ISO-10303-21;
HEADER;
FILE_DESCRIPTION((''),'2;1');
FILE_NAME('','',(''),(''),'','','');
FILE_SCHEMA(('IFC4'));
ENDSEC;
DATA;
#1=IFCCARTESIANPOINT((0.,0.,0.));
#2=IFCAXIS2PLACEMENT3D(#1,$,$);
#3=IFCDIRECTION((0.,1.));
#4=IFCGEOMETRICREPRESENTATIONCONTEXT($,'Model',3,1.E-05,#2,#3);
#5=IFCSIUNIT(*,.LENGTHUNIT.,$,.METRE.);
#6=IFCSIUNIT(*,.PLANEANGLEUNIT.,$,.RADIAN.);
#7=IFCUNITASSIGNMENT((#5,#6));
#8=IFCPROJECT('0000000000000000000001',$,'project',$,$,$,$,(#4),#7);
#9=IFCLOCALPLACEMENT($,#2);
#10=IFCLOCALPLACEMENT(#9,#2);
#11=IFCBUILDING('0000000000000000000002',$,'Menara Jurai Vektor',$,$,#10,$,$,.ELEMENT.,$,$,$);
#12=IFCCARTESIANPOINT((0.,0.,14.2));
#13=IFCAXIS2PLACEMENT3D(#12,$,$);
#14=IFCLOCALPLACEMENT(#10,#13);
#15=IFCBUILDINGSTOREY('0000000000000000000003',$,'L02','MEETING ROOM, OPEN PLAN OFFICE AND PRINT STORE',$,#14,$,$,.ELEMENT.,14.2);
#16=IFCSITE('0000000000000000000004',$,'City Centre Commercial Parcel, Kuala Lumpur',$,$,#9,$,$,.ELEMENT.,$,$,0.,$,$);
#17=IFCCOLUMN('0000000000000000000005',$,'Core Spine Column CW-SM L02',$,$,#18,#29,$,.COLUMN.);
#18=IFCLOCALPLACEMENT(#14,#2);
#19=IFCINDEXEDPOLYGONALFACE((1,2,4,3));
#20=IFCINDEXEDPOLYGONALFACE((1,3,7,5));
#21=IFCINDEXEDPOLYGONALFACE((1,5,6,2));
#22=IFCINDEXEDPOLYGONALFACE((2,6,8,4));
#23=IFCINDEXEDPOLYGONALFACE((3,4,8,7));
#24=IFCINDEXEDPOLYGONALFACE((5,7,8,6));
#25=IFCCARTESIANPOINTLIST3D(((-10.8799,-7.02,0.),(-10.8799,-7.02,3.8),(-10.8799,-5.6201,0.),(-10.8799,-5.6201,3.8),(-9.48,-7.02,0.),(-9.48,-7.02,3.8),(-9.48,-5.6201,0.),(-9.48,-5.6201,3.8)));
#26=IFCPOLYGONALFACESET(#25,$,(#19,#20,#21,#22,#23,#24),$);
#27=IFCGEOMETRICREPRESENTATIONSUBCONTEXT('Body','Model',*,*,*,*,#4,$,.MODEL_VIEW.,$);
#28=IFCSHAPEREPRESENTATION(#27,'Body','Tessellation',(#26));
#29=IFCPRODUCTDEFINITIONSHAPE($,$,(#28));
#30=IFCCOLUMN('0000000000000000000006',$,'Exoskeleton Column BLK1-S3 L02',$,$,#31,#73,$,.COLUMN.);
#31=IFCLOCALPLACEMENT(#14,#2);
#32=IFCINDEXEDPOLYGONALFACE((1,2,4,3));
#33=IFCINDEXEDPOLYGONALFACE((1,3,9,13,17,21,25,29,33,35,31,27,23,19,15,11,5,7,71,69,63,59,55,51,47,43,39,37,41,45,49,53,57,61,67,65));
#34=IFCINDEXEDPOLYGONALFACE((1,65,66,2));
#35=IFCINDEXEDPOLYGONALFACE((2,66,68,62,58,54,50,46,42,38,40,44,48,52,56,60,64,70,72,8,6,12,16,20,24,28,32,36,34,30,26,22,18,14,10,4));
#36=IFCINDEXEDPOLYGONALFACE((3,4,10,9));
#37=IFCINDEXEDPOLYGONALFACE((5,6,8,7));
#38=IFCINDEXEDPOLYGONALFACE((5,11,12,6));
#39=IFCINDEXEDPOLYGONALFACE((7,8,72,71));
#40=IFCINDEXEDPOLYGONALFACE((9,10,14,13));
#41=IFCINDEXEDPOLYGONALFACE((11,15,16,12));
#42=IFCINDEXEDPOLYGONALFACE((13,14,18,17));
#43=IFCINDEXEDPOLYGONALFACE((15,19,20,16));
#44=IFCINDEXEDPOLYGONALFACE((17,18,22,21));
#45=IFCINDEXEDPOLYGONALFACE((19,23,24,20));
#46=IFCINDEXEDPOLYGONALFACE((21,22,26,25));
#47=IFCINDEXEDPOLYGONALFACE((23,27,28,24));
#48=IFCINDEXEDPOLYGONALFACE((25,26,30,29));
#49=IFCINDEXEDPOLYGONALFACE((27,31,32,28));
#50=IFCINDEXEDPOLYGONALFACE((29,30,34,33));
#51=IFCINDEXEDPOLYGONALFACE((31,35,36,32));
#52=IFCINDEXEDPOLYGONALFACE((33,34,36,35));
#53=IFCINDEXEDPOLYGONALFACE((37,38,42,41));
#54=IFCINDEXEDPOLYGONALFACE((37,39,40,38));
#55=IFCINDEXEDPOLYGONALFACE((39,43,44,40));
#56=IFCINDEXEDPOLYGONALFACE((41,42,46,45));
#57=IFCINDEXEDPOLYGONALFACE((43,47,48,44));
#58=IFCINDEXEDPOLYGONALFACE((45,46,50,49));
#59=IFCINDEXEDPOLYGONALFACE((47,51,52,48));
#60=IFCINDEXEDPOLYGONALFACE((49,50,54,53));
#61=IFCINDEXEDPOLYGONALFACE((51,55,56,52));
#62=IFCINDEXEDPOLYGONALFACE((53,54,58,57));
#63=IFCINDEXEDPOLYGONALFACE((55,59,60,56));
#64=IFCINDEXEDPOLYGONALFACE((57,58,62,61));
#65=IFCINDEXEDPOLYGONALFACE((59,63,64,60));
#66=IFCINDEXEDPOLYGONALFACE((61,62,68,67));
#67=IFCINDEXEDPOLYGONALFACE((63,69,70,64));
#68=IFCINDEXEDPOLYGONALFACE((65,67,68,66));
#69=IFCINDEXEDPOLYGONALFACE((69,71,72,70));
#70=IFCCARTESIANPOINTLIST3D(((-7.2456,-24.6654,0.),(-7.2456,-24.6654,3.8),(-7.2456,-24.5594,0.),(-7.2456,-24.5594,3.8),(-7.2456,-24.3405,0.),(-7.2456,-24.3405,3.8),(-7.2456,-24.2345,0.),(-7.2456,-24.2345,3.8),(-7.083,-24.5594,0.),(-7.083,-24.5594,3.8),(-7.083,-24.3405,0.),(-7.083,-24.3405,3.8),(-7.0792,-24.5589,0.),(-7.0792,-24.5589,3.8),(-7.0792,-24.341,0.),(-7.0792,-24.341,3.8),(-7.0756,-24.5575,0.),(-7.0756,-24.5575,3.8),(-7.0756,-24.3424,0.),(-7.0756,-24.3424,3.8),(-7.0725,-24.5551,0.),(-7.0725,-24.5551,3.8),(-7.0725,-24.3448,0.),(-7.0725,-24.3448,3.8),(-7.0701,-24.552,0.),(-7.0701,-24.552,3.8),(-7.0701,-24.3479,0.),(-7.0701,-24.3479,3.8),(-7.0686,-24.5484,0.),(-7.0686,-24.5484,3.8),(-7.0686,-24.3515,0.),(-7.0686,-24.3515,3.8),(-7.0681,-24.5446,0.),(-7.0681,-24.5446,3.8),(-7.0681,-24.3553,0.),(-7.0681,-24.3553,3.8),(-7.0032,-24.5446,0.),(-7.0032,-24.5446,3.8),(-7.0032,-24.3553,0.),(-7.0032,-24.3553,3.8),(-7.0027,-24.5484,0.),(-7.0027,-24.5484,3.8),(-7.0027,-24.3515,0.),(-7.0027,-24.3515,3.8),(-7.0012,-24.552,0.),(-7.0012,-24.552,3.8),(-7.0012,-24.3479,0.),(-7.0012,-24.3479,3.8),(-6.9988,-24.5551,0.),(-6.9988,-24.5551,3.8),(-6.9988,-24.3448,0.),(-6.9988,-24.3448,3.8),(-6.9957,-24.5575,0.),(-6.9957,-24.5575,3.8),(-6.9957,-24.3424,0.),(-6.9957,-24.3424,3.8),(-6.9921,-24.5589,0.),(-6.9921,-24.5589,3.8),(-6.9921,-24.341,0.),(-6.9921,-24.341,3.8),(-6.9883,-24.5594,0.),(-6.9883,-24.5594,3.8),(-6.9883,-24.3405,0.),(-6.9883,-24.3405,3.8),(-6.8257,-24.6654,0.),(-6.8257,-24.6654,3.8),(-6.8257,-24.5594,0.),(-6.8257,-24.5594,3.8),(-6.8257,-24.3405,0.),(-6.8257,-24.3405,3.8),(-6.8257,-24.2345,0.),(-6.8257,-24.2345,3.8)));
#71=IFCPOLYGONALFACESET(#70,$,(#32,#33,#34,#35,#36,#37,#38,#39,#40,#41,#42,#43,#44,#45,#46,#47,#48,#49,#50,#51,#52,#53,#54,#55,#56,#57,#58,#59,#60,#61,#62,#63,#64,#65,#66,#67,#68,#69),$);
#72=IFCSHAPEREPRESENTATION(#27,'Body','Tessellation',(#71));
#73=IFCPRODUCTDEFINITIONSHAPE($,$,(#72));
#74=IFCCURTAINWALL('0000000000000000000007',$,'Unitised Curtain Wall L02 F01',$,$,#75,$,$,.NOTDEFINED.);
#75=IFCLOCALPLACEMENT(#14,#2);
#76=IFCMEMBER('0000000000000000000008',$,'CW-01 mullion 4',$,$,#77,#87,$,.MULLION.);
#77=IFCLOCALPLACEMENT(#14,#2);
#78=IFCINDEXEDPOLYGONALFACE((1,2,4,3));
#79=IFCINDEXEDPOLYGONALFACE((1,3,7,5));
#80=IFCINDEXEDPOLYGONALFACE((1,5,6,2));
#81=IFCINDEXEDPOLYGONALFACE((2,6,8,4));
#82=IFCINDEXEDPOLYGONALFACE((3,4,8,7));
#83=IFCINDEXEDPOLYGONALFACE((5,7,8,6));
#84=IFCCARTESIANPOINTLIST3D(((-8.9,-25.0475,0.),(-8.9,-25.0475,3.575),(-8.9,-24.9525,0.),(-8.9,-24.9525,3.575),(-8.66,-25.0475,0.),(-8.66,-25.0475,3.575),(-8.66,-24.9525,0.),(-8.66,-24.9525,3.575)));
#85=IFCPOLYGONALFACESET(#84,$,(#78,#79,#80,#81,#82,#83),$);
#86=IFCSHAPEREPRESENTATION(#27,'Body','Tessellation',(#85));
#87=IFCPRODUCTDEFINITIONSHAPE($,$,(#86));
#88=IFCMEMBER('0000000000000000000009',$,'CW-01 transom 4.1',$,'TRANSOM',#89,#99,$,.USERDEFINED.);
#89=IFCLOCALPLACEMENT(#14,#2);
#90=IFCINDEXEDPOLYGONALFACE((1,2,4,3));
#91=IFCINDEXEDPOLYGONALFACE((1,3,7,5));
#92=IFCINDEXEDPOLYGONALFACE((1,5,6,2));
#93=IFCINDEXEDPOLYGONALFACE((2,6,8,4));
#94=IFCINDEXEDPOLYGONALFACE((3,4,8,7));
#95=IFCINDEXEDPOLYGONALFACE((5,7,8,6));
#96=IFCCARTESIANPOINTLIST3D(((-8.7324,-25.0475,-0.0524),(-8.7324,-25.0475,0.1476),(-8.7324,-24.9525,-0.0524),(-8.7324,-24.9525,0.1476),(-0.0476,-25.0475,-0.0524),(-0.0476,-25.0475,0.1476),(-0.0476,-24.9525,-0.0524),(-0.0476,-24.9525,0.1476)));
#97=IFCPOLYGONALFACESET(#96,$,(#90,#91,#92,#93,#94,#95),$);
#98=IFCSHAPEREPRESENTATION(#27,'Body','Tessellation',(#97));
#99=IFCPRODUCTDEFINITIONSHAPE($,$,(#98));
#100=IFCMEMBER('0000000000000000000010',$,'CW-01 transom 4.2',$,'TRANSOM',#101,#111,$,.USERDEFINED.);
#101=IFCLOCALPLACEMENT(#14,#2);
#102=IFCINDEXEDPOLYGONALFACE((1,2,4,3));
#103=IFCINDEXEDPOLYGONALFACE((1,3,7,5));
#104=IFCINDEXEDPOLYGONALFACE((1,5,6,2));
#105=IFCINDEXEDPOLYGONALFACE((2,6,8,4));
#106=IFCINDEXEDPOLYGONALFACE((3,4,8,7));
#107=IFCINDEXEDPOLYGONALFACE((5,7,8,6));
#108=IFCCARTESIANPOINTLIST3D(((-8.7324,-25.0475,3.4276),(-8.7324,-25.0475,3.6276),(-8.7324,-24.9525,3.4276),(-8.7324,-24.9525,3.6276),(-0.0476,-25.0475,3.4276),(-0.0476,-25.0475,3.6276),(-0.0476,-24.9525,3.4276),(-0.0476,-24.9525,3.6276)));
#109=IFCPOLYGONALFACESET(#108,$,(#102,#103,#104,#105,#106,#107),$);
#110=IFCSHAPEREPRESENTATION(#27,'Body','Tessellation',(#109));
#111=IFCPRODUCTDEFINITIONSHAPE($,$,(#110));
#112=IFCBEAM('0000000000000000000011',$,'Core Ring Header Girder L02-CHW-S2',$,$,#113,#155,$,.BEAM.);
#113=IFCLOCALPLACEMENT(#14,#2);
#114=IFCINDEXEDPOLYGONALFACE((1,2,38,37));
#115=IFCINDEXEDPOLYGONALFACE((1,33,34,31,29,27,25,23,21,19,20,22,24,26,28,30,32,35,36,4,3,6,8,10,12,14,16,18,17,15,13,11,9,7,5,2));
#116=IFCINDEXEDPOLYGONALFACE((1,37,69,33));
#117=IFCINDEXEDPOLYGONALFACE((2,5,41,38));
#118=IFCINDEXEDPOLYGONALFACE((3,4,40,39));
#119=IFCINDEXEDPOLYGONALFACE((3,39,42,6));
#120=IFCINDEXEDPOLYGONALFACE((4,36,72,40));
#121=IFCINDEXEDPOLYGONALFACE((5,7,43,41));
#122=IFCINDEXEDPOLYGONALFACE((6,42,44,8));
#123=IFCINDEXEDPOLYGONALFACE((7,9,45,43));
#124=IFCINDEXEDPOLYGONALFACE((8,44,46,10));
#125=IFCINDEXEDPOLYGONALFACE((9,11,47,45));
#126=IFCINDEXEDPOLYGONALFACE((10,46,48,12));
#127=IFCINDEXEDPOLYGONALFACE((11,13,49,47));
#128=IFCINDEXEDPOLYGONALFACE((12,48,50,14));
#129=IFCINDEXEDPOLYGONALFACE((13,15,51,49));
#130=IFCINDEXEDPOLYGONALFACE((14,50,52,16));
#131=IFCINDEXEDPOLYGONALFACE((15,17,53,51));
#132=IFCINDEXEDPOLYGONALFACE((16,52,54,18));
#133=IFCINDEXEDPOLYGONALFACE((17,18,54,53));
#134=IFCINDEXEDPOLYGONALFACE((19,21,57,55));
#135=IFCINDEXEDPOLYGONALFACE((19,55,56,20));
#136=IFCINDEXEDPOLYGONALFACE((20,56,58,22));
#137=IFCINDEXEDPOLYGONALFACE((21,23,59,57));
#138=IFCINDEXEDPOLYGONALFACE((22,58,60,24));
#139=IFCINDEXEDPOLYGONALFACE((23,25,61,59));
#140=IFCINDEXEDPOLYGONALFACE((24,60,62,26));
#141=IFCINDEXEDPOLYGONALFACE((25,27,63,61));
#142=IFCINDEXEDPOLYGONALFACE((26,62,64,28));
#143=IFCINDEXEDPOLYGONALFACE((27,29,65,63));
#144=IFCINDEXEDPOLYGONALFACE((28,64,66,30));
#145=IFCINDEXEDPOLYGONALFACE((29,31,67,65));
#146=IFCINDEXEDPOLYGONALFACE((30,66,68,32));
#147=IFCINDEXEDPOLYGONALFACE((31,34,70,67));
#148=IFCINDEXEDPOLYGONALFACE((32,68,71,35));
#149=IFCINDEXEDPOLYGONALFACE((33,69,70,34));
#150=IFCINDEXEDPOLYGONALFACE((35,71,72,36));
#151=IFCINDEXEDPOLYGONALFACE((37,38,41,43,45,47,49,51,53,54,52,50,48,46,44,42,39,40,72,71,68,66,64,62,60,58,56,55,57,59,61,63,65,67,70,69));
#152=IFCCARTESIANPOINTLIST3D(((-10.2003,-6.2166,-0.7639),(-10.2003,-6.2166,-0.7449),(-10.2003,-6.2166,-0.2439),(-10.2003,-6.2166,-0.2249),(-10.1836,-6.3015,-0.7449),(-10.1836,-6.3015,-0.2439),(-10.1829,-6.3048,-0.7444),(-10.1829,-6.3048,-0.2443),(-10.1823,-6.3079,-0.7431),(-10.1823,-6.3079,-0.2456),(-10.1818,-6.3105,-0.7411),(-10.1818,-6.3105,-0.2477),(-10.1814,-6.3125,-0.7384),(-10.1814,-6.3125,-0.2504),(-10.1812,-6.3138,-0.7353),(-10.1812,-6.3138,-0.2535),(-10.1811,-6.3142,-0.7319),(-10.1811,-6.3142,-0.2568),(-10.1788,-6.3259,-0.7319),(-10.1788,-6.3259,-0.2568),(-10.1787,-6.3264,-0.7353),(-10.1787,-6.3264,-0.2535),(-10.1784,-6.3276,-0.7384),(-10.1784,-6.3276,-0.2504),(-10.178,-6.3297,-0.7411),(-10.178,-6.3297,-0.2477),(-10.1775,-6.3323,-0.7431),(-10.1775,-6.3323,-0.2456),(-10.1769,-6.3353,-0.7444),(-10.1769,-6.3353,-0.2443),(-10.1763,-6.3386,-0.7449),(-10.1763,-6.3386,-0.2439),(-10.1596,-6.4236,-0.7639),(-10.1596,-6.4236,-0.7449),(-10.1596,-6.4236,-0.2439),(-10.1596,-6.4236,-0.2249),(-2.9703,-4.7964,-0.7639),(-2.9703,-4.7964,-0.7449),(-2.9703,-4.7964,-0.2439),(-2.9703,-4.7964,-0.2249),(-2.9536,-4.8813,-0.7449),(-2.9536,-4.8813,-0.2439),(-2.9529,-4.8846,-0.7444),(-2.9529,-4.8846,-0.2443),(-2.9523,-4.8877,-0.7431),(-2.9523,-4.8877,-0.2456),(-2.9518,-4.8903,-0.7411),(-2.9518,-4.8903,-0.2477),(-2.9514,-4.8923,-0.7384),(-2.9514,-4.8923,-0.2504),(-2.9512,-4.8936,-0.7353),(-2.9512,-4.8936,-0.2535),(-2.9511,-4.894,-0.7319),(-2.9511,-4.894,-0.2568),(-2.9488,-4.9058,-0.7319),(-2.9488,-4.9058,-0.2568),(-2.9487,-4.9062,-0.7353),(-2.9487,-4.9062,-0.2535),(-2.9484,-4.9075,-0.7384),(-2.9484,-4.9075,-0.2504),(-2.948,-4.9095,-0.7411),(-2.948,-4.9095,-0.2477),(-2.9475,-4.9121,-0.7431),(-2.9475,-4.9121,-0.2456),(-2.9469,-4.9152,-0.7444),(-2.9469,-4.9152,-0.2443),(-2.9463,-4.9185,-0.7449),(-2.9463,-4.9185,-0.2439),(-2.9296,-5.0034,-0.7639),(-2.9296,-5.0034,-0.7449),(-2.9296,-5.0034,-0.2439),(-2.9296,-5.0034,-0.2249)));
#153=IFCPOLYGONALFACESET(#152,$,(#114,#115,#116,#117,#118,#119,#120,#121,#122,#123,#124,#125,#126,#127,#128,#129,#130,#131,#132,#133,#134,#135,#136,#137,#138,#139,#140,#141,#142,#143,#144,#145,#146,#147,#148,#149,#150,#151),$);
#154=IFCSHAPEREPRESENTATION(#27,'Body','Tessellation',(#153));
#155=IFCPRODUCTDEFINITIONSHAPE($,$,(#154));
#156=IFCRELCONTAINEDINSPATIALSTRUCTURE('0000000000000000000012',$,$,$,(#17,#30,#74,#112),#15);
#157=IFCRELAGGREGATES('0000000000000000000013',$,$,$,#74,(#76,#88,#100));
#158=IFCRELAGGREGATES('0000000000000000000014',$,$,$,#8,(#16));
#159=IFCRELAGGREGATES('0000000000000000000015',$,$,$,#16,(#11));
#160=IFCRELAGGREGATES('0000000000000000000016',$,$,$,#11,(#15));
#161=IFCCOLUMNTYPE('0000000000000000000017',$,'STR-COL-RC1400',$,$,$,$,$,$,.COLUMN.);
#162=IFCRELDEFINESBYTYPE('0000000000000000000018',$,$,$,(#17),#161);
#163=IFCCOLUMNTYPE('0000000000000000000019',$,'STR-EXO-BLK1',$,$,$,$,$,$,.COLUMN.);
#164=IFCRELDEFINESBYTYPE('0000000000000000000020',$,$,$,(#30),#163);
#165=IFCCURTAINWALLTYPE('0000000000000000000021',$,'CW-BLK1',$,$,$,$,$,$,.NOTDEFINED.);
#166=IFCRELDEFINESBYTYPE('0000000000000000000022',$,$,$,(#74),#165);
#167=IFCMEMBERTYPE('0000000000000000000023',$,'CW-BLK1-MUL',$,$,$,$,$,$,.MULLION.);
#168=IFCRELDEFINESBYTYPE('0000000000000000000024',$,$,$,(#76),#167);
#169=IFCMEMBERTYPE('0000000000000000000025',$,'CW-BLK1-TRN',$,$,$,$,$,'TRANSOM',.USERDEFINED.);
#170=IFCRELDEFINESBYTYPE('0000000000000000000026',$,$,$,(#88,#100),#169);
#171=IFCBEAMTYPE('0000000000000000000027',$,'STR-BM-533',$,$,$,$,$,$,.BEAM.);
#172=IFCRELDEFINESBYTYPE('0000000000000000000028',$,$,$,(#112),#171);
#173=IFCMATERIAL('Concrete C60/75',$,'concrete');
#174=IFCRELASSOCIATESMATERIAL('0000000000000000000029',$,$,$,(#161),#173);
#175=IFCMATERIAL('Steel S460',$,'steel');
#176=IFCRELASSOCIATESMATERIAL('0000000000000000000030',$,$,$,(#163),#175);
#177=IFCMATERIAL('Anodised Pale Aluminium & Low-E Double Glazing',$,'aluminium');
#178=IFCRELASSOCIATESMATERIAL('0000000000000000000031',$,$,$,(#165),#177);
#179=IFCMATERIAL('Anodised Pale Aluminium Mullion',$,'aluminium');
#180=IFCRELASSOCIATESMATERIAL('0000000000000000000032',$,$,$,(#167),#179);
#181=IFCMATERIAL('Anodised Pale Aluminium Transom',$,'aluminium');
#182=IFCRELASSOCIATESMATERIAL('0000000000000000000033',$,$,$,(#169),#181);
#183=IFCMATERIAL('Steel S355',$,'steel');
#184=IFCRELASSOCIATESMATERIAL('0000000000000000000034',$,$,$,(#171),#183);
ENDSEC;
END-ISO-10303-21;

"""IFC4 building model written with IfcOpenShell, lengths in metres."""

from ifc_helpers import new_model, si_unit, direction, frame, origin, origin_2d, place, context, subcontext, project, spatial, rectangle, i_section, extrude, material, material_profile, profile_set, type_object, element, aggregate, save


model = new_model("IFC4")

# Units and contexts
model_context = context("Model", 3, precision=1e-05, world=origin(), true_north=direction((0.0, 1.0)))
body_context = subcontext(model_context, "Body", "Model", "MODEL_VIEW")
ifc_project = project(units=[si_unit("LENGTHUNIT", "METRE"), si_unit("PLANEANGLEUNIT", "RADIAN")], contexts=[model_context])

# Site, building, storey
site_placement = place(None, origin())
site = spatial("IfcSite", under=ifc_project, at=site_placement, Name="City Centre Commercial Parcel, Kuala Lumpur", CompositionType="ELEMENT", RefElevation=0.0)
building_placement = place(site_placement, origin())
building = spatial("IfcBuilding", under=site, at=building_placement, Name="Menara Jurai Vektor", CompositionType="ELEMENT")
storey_placement = place(building_placement, frame((0.0, 0.0, 14.2)))
storey = spatial("IfcBuildingStorey", under=building, at=storey_placement, Name="L02", Description="MEETING ROOM, OPEN PLAN OFFICE AND PRINT STORE", CompositionType="ELEMENT", Elevation=14.2)

# Columns
ifc_material_1 = material(Name="Concrete C60/75", Category="concrete")
ifc_material_profile_1 = material_profile(ifc_material_1, rectangle(XDim=1.3999, YDim=1.3999, at=origin_2d()), Name="RC 1400x1400")
ifc_profile_set_1 = profile_set([ifc_material_profile_1], Name="Concrete C60/75")
column_type_1 = type_object("IfcColumnType", Name="STR-COL-RC1400", PredefinedType="COLUMN", material=ifc_profile_set_1)
column_1_placement = place(storey_placement, frame((-10.1799, -6.3201, 0.0), z_axis=(0.0, 0.0, 1.0), x_axis=(1.0, 0.0, 0.0)))
element("IfcColumn", 1, at=column_1_placement, inside=storey, type_object=column_type_1, Name="Core Spine Column CW-SM L02", PredefinedType="COLUMN", context=body_context, shape_type="SweptSolid", body=[
    extrude(rectangle(XDim=1.3999, YDim=1.3999, at=origin_2d()), origin(), (0.0, 0.0, 1.0), 3.8),
])
ifc_material_2 = material(Name="Steel S460", Category="steel")
ifc_material_profile_2 = material_profile(ifc_material_2, i_section(OverallWidth=0.4199, OverallDepth=0.4309, WebThickness=0.0649, FlangeThickness=0.106, FilletRadius=0.0149, at=origin_2d()), Name="HD 400x900")
ifc_profile_set_2 = profile_set([ifc_material_profile_2], Name="Steel S460")
column_type_2 = type_object("IfcColumnType", Name="STR-EXO-BLK1", PredefinedType="COLUMN", material=ifc_profile_set_2)
column_2_placement = place(storey_placement, frame((-7.0356, -24.45, 0.0), z_axis=(0.0, 0.0, 1.0), x_axis=(1.0, 0.0, 0.0)))
element("IfcColumn", 2, at=column_2_placement, inside=storey, type_object=column_type_2, Name="Exoskeleton Column BLK1-S3 L02", PredefinedType="COLUMN", context=body_context, shape_type="SweptSolid", body=[
    extrude(i_section(OverallWidth=0.4199, OverallDepth=0.4309, WebThickness=0.0649, FlangeThickness=0.106, FilletRadius=0.0149, at=origin_2d()), origin(), (0.0, 0.0, 1.0), 3.8),
])

# Curtain wall, members
ifc_material_3 = material(Name="Anodised Pale Aluminium & Low-E Double Glazing", Category="aluminium")
curtain_wall_type = type_object("IfcCurtainWallType", Name="CW-BLK1", PredefinedType="NOTDEFINED", material=ifc_material_3)
curtain_wall_placement = place(storey_placement, origin())
curtain_wall = element("IfcCurtainWall", 3, at=curtain_wall_placement, inside=storey, type_object=curtain_wall_type, Name="Unitised Curtain Wall L02 F01", PredefinedType="NOTDEFINED")
ifc_material_4 = material(Name="Anodised Pale Aluminium Mullion", Category="aluminium")
ifc_material_profile_3 = material_profile(ifc_material_4, rectangle(XDim=0.095, YDim=0.24, at=origin_2d()), Name="ALU MUL 95x240")
ifc_profile_set_3 = profile_set([ifc_material_profile_3], Name="Anodised Pale Aluminium Mullion")
member_type_1 = type_object("IfcMemberType", Name="CW-BLK1-MUL", PredefinedType="MULLION", material=ifc_profile_set_3)
member_1_placement = place(storey_placement, frame((-8.78, -25.0, 0.0), z_axis=(0.0, 0.0, 1.0), x_axis=(0.0, 1.0, 0.0)))
member_1 = element("IfcMember", 4, at=member_1_placement, type_object=member_type_1, Name="CW-01 mullion 4", PredefinedType="MULLION", context=body_context, shape_type="SweptSolid", body=[
    extrude(rectangle(XDim=0.095, YDim=0.24, at=origin_2d()), origin(), (0.0, 0.0, 1.0), 3.575),
])
ifc_material_5 = material(Name="Anodised Pale Aluminium Transom", Category="aluminium")
ifc_material_profile_4 = material_profile(ifc_material_5, rectangle(XDim=0.095, YDim=0.2, at=origin_2d()), Name="ALU TRN 95x200")
ifc_profile_set_4 = profile_set([ifc_material_profile_4], Name="Anodised Pale Aluminium Transom")
member_type_2 = type_object("IfcMemberType", Name="CW-BLK1-TRN", ElementType="TRANSOM", PredefinedType="USERDEFINED", material=ifc_profile_set_4)
member_2_placement = place(storey_placement, frame((-8.7324, -25.0, 0.0476), z_axis=(1.0, 0.0, 0.0), x_axis=(0.0, 1.0, 0.0)))
member_2 = element("IfcMember", 5, at=member_2_placement, type_object=member_type_2, Name="CW-01 transom 4.1", ObjectType="TRANSOM", PredefinedType="USERDEFINED", context=body_context, shape_type="SweptSolid", body=[
    extrude(rectangle(XDim=0.095, YDim=0.2, at=origin_2d()), origin(), (0.0, 0.0, 1.0), 8.6848),
])
member_3_placement = place(storey_placement, frame((-8.7324, -25.0, 3.5276), z_axis=(1.0, 0.0, 0.0), x_axis=(0.0, 1.0, 0.0)))
member_3 = element("IfcMember", 6, at=member_3_placement, type_object=member_type_2, Name="CW-01 transom 4.2", ObjectType="TRANSOM", PredefinedType="USERDEFINED", context=body_context, shape_type="SweptSolid", body=[
    extrude(rectangle(XDim=0.095, YDim=0.2, at=origin_2d()), origin(), (0.0, 0.0, 1.0), 8.6848),
])

# Beam
ifc_material_6 = material(Name="Steel S355", Category="steel")
ifc_material_profile_5 = material_profile(ifc_material_6, i_section(OverallWidth=0.2109, OverallDepth=0.5391, WebThickness=0.012, FlangeThickness=0.019, FilletRadius=0.0129, at=origin_2d()), Name="UKB 533x210x109")
ifc_profile_set_5 = profile_set([ifc_material_profile_5], Name="Steel S355")
beam_type_1 = type_object("IfcBeamType", Name="STR-BM-533", PredefinedType="BEAM", material=ifc_profile_set_5)
beam_1_placement = place(storey_placement, frame((-10.1799, -6.3201, -0.4944), z_axis=(0.981249, 0.192744, 0.0), x_axis=(-0.192744, 0.981249, 0.0)))
element("IfcBeam", 7, at=beam_1_placement, inside=storey, type_object=beam_type_1, Name="Core Ring Header Girder L02-CHW-S2", PredefinedType="BEAM", context=body_context, shape_type="SweptSolid", body=[
    extrude(i_section(OverallWidth=0.2109, OverallDepth=0.5391, WebThickness=0.012, FlangeThickness=0.019, FilletRadius=0.0129, at=origin_2d()), origin(), (0.0, 0.0, 1.0), 7.3682),
])

aggregate(curtain_wall, [member_1, member_2, member_3])

save(model, "model.ifc")
